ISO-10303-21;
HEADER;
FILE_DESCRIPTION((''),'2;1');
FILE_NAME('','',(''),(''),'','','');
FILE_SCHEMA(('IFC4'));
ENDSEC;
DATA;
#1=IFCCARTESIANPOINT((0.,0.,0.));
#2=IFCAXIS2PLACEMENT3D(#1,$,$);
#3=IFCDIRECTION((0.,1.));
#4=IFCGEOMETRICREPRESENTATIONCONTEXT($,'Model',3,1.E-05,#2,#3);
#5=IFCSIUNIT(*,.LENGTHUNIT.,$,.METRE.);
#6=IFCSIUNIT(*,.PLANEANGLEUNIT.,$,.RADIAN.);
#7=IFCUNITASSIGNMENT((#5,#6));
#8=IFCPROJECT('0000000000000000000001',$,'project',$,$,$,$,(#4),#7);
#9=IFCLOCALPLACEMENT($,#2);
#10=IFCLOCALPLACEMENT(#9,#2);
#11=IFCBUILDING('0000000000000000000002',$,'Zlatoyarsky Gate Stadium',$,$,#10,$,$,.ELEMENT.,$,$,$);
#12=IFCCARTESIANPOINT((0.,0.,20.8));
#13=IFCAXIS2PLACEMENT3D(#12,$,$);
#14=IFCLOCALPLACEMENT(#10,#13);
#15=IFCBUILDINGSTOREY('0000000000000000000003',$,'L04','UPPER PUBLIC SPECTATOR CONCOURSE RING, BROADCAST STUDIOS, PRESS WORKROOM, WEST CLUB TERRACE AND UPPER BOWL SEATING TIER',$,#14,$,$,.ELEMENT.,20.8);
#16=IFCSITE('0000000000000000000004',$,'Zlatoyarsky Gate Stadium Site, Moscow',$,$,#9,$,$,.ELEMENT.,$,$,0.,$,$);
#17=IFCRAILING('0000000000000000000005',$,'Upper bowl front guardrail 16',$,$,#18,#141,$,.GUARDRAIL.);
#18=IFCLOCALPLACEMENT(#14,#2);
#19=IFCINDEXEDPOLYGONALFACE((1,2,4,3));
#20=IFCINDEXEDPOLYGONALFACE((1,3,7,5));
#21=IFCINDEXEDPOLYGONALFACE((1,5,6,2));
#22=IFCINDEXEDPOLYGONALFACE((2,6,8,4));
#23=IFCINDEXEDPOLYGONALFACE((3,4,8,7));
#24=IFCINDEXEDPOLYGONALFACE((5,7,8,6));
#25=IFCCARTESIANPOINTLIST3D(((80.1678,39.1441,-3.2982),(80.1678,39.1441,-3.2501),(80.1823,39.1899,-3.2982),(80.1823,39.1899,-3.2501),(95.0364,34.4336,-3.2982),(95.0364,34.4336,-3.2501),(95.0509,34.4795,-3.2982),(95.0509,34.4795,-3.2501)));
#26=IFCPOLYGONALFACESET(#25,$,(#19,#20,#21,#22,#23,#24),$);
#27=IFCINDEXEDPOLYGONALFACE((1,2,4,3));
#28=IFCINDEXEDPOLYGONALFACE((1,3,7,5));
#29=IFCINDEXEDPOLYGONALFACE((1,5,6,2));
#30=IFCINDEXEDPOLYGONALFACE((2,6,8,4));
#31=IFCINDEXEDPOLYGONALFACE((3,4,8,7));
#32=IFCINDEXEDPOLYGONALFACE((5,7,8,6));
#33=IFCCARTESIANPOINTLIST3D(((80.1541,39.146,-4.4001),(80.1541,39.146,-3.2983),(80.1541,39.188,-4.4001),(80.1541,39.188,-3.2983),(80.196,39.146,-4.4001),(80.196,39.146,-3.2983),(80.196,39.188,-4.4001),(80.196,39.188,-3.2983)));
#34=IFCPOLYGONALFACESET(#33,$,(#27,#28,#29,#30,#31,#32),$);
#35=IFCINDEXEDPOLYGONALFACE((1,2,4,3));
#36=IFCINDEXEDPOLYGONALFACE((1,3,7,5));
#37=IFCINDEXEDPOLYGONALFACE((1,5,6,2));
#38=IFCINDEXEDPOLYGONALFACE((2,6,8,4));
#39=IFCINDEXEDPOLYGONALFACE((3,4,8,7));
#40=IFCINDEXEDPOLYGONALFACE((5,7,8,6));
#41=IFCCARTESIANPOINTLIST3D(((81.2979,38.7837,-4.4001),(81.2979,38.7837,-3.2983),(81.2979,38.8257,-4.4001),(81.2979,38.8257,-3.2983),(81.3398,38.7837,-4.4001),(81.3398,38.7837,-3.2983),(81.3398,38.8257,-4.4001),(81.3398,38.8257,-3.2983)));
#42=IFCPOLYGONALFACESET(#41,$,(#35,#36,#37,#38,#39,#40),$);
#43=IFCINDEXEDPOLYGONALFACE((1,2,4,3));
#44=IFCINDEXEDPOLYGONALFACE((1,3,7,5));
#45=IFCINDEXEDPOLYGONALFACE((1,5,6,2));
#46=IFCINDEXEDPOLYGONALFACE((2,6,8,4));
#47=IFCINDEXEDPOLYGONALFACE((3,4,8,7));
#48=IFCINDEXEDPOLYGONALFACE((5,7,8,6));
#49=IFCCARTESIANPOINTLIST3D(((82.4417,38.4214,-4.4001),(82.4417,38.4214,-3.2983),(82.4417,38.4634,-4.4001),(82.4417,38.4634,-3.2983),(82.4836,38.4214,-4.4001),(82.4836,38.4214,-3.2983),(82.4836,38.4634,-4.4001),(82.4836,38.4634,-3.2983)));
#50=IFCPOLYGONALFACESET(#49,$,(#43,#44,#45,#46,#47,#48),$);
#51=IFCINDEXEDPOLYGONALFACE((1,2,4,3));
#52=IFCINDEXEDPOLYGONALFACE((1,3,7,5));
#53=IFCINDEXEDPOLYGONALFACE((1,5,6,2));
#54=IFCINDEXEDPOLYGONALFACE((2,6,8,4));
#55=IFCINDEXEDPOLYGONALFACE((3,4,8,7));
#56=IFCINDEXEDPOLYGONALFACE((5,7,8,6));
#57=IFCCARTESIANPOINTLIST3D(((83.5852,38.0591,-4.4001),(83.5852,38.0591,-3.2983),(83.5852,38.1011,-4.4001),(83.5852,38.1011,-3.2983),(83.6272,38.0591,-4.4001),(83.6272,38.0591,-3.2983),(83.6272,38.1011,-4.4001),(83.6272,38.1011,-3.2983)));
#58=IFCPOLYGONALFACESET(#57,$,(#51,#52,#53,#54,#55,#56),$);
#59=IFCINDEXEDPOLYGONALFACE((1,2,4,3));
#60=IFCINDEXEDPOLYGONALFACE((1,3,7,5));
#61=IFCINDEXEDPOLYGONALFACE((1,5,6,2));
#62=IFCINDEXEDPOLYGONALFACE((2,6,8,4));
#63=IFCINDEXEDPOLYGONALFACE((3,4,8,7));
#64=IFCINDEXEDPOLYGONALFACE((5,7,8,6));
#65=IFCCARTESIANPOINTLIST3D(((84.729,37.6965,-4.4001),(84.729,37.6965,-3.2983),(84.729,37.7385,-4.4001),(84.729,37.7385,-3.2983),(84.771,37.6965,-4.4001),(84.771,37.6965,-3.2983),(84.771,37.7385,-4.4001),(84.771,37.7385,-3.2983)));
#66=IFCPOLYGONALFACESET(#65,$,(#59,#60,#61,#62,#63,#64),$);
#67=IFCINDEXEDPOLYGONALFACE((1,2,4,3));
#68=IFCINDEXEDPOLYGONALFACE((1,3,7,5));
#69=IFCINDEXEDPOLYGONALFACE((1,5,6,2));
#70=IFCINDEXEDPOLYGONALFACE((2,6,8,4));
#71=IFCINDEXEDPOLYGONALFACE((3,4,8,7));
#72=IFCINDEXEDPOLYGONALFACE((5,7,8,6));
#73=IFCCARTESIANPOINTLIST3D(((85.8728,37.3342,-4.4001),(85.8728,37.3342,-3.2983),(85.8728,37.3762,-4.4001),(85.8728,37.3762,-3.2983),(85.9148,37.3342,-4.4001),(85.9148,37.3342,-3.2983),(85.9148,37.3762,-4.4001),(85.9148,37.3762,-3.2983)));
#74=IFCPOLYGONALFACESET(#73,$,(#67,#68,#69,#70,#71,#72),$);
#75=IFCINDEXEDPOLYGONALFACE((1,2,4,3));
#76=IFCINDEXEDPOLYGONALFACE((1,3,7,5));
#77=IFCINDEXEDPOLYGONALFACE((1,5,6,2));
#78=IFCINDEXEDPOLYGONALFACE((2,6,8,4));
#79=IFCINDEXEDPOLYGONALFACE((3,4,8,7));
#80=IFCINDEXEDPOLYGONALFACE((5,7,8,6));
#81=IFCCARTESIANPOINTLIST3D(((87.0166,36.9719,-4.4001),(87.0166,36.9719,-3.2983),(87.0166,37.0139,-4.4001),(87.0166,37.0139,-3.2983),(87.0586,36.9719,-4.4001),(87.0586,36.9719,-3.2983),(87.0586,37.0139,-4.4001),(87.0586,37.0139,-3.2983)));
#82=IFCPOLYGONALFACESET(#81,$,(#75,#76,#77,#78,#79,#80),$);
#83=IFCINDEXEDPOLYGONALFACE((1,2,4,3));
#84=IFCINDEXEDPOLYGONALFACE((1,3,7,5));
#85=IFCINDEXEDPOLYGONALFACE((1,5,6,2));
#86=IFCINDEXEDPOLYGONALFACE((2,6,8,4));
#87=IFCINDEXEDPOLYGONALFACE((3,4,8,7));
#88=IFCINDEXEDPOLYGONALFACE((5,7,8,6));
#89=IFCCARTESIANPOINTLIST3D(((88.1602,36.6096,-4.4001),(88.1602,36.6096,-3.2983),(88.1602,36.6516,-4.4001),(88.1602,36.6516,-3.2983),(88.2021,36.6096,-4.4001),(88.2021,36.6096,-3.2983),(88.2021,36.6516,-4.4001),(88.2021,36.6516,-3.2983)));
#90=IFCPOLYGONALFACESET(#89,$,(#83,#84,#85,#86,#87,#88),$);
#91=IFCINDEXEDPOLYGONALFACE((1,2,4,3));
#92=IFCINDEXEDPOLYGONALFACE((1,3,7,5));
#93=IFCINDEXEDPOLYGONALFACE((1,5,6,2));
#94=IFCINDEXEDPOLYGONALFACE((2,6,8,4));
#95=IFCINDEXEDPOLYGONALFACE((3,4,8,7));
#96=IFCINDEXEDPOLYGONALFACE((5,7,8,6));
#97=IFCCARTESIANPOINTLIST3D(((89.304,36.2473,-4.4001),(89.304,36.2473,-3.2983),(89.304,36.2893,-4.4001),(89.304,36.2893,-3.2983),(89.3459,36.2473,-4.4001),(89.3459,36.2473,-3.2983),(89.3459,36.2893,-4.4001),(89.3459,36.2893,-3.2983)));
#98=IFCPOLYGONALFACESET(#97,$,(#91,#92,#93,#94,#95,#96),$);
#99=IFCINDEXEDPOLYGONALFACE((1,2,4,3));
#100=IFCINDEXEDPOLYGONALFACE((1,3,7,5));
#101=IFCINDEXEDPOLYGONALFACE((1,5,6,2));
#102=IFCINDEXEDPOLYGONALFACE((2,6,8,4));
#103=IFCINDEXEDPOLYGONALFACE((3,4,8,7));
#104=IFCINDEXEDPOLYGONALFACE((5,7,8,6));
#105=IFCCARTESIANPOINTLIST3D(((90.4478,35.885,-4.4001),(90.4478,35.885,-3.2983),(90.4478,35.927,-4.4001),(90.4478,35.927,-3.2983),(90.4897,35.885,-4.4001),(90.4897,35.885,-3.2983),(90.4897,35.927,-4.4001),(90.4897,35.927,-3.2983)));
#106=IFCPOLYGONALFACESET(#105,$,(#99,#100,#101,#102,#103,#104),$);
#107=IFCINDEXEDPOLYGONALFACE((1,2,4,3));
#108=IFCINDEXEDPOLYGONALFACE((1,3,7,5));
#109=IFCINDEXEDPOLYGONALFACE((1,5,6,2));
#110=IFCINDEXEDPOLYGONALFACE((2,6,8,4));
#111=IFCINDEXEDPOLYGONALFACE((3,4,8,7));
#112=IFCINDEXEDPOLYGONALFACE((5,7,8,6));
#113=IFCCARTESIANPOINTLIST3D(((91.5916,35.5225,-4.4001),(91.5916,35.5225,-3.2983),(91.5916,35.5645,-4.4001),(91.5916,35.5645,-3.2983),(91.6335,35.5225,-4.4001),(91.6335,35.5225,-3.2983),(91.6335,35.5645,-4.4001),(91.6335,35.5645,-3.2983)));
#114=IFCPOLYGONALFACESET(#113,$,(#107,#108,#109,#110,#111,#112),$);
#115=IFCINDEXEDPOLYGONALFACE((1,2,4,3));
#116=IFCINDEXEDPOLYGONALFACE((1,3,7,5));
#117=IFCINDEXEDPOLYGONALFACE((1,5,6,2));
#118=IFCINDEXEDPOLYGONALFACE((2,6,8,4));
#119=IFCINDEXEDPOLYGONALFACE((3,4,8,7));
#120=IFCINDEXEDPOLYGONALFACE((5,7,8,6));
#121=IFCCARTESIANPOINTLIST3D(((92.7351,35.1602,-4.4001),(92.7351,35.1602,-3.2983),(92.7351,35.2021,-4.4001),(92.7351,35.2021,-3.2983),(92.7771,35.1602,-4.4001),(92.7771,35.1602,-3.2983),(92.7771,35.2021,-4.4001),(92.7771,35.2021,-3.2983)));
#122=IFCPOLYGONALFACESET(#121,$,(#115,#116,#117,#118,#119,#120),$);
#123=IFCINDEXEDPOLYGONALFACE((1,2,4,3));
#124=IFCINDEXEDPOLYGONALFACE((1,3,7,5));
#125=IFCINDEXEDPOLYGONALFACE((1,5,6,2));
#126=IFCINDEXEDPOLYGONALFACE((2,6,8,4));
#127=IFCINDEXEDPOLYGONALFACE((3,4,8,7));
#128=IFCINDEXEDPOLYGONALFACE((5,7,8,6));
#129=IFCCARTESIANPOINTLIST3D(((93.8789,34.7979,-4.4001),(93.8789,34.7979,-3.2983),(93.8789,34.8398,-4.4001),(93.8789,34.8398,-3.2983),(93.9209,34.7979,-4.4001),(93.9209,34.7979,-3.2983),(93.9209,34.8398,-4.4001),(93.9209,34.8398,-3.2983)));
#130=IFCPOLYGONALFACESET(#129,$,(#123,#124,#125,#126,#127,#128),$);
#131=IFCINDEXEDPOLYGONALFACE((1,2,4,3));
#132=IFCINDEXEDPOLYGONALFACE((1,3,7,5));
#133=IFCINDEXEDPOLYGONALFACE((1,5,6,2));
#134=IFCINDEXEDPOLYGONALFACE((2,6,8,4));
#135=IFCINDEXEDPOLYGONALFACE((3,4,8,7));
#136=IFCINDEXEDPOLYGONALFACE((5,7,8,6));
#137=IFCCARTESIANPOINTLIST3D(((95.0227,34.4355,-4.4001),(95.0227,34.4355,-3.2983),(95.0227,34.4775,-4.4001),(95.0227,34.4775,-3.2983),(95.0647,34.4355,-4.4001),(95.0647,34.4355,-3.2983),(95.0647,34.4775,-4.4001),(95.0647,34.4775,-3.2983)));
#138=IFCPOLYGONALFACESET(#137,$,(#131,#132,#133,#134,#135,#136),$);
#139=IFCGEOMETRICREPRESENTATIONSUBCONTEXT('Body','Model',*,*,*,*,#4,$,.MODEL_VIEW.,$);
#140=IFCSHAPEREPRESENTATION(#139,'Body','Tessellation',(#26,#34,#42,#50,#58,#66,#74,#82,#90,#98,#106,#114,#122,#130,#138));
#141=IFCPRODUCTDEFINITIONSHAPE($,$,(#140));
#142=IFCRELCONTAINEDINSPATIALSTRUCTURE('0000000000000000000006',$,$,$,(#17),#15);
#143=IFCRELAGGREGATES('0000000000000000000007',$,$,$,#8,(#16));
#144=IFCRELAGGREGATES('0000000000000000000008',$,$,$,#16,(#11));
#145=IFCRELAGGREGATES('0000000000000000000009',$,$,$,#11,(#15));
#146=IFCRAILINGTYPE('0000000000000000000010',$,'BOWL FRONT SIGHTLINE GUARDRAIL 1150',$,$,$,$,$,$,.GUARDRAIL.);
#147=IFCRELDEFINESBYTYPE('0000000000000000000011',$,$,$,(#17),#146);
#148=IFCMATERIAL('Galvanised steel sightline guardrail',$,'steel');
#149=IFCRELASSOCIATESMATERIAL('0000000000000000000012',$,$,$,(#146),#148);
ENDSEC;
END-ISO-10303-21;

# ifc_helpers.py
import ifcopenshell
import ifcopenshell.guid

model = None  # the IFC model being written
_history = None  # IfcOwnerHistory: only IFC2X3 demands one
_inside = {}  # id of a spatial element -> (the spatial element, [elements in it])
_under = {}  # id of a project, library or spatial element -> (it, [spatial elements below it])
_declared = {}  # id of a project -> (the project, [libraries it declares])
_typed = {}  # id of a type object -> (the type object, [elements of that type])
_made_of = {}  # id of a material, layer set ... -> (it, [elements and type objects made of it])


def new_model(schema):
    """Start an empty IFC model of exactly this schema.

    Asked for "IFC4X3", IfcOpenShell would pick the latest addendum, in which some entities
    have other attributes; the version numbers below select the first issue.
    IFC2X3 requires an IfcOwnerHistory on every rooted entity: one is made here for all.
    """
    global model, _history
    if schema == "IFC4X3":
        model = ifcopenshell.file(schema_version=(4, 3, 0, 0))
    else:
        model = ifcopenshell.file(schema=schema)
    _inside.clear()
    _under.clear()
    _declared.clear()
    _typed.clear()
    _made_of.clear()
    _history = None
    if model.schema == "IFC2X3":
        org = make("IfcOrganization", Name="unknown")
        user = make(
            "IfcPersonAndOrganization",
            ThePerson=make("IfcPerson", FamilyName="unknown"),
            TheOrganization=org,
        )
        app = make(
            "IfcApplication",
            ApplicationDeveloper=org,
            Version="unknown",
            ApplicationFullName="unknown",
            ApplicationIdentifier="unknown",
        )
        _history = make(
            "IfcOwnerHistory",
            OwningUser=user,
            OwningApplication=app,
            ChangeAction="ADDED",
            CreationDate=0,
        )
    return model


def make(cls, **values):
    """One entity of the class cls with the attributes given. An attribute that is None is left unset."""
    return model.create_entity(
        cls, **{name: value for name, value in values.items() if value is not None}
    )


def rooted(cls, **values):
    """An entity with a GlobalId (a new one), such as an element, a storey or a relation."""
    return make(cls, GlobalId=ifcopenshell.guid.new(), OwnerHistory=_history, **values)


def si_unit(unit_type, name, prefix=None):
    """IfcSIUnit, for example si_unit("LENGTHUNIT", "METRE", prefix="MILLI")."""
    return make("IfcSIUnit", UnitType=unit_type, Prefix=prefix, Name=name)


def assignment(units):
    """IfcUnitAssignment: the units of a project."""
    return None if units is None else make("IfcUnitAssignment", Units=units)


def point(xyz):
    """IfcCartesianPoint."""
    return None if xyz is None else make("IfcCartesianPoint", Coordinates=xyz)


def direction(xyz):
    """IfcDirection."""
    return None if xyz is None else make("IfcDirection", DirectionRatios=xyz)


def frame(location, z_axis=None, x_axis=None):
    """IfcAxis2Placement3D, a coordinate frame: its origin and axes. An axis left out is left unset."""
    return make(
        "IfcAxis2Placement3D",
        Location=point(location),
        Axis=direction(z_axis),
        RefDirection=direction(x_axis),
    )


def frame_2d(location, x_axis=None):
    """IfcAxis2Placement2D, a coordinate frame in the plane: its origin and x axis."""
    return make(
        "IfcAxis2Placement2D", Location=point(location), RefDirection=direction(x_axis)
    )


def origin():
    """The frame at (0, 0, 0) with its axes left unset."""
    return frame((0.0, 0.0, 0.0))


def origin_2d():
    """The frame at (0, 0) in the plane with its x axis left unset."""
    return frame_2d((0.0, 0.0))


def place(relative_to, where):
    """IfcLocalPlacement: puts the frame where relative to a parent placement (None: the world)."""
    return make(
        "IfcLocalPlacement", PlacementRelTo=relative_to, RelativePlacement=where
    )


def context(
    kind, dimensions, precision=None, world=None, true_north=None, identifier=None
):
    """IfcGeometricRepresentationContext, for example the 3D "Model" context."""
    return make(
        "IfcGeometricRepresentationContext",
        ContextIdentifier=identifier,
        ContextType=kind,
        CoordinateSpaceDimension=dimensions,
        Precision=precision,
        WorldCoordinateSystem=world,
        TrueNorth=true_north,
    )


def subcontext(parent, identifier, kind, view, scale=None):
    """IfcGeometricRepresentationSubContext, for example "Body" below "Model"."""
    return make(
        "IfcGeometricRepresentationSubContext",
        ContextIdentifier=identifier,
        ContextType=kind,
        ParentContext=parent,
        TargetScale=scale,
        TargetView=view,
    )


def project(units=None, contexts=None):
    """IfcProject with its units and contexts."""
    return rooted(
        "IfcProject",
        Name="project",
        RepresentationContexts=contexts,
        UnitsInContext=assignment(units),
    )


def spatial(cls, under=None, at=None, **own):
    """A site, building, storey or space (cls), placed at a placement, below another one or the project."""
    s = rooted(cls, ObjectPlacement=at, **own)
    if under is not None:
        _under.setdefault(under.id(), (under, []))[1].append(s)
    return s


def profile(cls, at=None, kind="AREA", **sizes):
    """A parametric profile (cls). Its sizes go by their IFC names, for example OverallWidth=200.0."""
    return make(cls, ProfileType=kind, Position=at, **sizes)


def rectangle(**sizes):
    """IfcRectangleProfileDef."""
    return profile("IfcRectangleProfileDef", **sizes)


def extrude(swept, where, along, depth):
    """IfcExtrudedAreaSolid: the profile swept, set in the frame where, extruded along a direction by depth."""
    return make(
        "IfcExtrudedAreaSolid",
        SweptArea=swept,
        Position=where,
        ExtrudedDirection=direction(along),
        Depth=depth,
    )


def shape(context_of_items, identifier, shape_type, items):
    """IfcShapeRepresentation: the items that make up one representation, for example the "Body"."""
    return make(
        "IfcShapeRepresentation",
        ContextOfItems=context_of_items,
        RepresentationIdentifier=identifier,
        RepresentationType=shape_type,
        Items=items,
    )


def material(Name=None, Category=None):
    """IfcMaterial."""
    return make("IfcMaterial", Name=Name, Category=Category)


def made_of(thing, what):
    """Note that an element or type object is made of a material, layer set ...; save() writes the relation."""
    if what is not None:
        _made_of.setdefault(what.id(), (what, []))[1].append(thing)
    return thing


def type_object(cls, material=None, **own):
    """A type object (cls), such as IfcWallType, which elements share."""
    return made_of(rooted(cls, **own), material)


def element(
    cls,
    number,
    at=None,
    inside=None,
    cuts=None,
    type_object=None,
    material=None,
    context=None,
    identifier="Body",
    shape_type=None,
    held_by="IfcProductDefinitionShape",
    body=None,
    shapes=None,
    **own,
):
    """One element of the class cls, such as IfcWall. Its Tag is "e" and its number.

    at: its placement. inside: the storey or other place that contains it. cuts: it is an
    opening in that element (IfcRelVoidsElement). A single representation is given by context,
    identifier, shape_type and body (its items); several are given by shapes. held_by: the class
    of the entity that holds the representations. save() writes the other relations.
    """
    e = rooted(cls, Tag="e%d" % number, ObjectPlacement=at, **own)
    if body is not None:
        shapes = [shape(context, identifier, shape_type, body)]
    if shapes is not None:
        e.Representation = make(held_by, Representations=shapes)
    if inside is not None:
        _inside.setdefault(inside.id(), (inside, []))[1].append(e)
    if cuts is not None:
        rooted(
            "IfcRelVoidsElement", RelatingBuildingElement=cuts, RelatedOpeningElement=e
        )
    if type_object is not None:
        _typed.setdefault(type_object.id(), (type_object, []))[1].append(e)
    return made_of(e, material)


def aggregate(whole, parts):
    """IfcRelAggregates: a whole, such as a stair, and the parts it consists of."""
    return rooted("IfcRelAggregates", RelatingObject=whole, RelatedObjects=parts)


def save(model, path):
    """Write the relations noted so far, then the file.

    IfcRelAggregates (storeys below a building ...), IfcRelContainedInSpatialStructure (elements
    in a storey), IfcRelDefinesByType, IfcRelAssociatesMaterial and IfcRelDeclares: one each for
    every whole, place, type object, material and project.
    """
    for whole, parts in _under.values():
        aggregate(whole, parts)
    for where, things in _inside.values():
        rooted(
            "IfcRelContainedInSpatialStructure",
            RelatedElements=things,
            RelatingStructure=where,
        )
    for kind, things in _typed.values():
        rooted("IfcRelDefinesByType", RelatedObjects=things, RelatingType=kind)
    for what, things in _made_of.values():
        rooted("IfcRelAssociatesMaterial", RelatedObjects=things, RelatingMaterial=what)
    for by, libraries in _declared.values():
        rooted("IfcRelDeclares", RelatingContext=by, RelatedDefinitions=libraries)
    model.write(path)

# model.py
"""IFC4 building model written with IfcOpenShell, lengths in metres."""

from ifc_helpers import new_model, si_unit, direction, frame, origin, origin_2d, place, context, subcontext, project, spatial, rectangle, extrude, material, type_object, element, save


model = new_model("IFC4")

# Units and contexts
model_context = context("Model", 3, precision=1e-05, world=origin(), true_north=direction((0.0, 1.0)))
body_context = subcontext(model_context, "Body", "Model", "MODEL_VIEW")
ifc_project = project(units=[si_unit("LENGTHUNIT", "METRE"), si_unit("PLANEANGLEUNIT", "RADIAN")], contexts=[model_context])

# Site, building, storey
site_placement = place(None, origin())
site = spatial("IfcSite", under=ifc_project, at=site_placement, Name="Zlatoyarsky Gate Stadium Site, Moscow", CompositionType="ELEMENT", RefElevation=0.0)
building_placement = place(site_placement, origin())
building = spatial("IfcBuilding", under=site, at=building_placement, Name="Zlatoyarsky Gate Stadium", CompositionType="ELEMENT")
storey_placement = place(building_placement, frame((0.0, 0.0, 20.8)))
storey = spatial("IfcBuildingStorey", under=building, at=storey_placement, Name="L04", Description="UPPER PUBLIC SPECTATOR CONCOURSE RING, BROADCAST STUDIOS, PRESS WORKROOM, WEST CLUB TERRACE AND UPPER BOWL SEATING TIER", CompositionType="ELEMENT", Elevation=20.8)

# Railing
ifc_material_1 = material(Name="Galvanised steel sightline guardrail", Category="steel")
railing_type_1 = type_object("IfcRailingType", Name="BOWL FRONT SIGHTLINE GUARDRAIL 1150", PredefinedType="GUARDRAIL", material=ifc_material_1)
railing_1_placement = place(storey_placement, frame((80.175, 39.167, -4.4001)))
element("IfcRailing", 1, at=railing_1_placement, inside=storey, type_object=railing_type_1, Name="Upper bowl front guardrail 16", PredefinedType="GUARDRAIL", context=body_context, shape_type="SweptSolid", body=[
    extrude(rectangle(XDim=0.0481, YDim=0.0481, at=origin_2d()), frame((0.0, 0.0, 1.126), z_axis=(0.953305, -0.302011, 0.0), x_axis=(0.302011, 0.953305, 0.0)), (0.0, 0.0, 1.0), 15.5969),
    extrude(rectangle(XDim=0.042, YDim=0.042, at=origin_2d()), origin(), (0.0, 0.0, 1.0), 1.1018),
    extrude(rectangle(XDim=0.042, YDim=0.042, at=origin_2d()), frame((1.1438, -0.3623, 0.0)), (0.0, 0.0, 1.0), 1.1018),
    extrude(rectangle(XDim=0.042, YDim=0.042, at=origin_2d()), frame((2.2876, -0.7246, 0.0)), (0.0, 0.0, 1.0), 1.1018),
    extrude(rectangle(XDim=0.042, YDim=0.042, at=origin_2d()), frame((3.4312, -1.0869, 0.0)), (0.0, 0.0, 1.0), 1.1018),
    extrude(rectangle(XDim=0.042, YDim=0.042, at=origin_2d()), frame((4.575, -1.4495, 0.0)), (0.0, 0.0, 1.0), 1.1018),
    extrude(rectangle(XDim=0.042, YDim=0.042, at=origin_2d()), frame((5.7188, -1.8118, 0.0)), (0.0, 0.0, 1.0), 1.1018),
    extrude(rectangle(XDim=0.042, YDim=0.042, at=origin_2d()), frame((6.8625, -2.1741, 0.0)), (0.0, 0.0, 1.0), 1.1018),
    extrude(rectangle(XDim=0.042, YDim=0.042, at=origin_2d()), frame((8.0061, -2.5364, 0.0)), (0.0, 0.0, 1.0), 1.1018),
    extrude(rectangle(XDim=0.042, YDim=0.042, at=origin_2d()), frame((9.1499, -2.8987, 0.0)), (0.0, 0.0, 1.0), 1.1018),
    extrude(rectangle(XDim=0.042, YDim=0.042, at=origin_2d()), frame((10.2937, -3.261, 0.0)), (0.0, 0.0, 1.0), 1.1018),
    extrude(rectangle(XDim=0.042, YDim=0.042, at=origin_2d()), frame((11.4375, -3.6235, 0.0)), (0.0, 0.0, 1.0), 1.1018),
    extrude(rectangle(XDim=0.042, YDim=0.042, at=origin_2d()), frame((12.5811, -3.9858, 0.0)), (0.0, 0.0, 1.0), 1.1018),
    extrude(rectangle(XDim=0.042, YDim=0.042, at=origin_2d()), frame((13.7249, -4.3481, 0.0)), (0.0, 0.0, 1.0), 1.1018),
    extrude(rectangle(XDim=0.042, YDim=0.042, at=origin_2d()), frame((14.8687, -4.7104, 0.0)), (0.0, 0.0, 1.0), 1.1018),
])

save(model, "model.ifc")
